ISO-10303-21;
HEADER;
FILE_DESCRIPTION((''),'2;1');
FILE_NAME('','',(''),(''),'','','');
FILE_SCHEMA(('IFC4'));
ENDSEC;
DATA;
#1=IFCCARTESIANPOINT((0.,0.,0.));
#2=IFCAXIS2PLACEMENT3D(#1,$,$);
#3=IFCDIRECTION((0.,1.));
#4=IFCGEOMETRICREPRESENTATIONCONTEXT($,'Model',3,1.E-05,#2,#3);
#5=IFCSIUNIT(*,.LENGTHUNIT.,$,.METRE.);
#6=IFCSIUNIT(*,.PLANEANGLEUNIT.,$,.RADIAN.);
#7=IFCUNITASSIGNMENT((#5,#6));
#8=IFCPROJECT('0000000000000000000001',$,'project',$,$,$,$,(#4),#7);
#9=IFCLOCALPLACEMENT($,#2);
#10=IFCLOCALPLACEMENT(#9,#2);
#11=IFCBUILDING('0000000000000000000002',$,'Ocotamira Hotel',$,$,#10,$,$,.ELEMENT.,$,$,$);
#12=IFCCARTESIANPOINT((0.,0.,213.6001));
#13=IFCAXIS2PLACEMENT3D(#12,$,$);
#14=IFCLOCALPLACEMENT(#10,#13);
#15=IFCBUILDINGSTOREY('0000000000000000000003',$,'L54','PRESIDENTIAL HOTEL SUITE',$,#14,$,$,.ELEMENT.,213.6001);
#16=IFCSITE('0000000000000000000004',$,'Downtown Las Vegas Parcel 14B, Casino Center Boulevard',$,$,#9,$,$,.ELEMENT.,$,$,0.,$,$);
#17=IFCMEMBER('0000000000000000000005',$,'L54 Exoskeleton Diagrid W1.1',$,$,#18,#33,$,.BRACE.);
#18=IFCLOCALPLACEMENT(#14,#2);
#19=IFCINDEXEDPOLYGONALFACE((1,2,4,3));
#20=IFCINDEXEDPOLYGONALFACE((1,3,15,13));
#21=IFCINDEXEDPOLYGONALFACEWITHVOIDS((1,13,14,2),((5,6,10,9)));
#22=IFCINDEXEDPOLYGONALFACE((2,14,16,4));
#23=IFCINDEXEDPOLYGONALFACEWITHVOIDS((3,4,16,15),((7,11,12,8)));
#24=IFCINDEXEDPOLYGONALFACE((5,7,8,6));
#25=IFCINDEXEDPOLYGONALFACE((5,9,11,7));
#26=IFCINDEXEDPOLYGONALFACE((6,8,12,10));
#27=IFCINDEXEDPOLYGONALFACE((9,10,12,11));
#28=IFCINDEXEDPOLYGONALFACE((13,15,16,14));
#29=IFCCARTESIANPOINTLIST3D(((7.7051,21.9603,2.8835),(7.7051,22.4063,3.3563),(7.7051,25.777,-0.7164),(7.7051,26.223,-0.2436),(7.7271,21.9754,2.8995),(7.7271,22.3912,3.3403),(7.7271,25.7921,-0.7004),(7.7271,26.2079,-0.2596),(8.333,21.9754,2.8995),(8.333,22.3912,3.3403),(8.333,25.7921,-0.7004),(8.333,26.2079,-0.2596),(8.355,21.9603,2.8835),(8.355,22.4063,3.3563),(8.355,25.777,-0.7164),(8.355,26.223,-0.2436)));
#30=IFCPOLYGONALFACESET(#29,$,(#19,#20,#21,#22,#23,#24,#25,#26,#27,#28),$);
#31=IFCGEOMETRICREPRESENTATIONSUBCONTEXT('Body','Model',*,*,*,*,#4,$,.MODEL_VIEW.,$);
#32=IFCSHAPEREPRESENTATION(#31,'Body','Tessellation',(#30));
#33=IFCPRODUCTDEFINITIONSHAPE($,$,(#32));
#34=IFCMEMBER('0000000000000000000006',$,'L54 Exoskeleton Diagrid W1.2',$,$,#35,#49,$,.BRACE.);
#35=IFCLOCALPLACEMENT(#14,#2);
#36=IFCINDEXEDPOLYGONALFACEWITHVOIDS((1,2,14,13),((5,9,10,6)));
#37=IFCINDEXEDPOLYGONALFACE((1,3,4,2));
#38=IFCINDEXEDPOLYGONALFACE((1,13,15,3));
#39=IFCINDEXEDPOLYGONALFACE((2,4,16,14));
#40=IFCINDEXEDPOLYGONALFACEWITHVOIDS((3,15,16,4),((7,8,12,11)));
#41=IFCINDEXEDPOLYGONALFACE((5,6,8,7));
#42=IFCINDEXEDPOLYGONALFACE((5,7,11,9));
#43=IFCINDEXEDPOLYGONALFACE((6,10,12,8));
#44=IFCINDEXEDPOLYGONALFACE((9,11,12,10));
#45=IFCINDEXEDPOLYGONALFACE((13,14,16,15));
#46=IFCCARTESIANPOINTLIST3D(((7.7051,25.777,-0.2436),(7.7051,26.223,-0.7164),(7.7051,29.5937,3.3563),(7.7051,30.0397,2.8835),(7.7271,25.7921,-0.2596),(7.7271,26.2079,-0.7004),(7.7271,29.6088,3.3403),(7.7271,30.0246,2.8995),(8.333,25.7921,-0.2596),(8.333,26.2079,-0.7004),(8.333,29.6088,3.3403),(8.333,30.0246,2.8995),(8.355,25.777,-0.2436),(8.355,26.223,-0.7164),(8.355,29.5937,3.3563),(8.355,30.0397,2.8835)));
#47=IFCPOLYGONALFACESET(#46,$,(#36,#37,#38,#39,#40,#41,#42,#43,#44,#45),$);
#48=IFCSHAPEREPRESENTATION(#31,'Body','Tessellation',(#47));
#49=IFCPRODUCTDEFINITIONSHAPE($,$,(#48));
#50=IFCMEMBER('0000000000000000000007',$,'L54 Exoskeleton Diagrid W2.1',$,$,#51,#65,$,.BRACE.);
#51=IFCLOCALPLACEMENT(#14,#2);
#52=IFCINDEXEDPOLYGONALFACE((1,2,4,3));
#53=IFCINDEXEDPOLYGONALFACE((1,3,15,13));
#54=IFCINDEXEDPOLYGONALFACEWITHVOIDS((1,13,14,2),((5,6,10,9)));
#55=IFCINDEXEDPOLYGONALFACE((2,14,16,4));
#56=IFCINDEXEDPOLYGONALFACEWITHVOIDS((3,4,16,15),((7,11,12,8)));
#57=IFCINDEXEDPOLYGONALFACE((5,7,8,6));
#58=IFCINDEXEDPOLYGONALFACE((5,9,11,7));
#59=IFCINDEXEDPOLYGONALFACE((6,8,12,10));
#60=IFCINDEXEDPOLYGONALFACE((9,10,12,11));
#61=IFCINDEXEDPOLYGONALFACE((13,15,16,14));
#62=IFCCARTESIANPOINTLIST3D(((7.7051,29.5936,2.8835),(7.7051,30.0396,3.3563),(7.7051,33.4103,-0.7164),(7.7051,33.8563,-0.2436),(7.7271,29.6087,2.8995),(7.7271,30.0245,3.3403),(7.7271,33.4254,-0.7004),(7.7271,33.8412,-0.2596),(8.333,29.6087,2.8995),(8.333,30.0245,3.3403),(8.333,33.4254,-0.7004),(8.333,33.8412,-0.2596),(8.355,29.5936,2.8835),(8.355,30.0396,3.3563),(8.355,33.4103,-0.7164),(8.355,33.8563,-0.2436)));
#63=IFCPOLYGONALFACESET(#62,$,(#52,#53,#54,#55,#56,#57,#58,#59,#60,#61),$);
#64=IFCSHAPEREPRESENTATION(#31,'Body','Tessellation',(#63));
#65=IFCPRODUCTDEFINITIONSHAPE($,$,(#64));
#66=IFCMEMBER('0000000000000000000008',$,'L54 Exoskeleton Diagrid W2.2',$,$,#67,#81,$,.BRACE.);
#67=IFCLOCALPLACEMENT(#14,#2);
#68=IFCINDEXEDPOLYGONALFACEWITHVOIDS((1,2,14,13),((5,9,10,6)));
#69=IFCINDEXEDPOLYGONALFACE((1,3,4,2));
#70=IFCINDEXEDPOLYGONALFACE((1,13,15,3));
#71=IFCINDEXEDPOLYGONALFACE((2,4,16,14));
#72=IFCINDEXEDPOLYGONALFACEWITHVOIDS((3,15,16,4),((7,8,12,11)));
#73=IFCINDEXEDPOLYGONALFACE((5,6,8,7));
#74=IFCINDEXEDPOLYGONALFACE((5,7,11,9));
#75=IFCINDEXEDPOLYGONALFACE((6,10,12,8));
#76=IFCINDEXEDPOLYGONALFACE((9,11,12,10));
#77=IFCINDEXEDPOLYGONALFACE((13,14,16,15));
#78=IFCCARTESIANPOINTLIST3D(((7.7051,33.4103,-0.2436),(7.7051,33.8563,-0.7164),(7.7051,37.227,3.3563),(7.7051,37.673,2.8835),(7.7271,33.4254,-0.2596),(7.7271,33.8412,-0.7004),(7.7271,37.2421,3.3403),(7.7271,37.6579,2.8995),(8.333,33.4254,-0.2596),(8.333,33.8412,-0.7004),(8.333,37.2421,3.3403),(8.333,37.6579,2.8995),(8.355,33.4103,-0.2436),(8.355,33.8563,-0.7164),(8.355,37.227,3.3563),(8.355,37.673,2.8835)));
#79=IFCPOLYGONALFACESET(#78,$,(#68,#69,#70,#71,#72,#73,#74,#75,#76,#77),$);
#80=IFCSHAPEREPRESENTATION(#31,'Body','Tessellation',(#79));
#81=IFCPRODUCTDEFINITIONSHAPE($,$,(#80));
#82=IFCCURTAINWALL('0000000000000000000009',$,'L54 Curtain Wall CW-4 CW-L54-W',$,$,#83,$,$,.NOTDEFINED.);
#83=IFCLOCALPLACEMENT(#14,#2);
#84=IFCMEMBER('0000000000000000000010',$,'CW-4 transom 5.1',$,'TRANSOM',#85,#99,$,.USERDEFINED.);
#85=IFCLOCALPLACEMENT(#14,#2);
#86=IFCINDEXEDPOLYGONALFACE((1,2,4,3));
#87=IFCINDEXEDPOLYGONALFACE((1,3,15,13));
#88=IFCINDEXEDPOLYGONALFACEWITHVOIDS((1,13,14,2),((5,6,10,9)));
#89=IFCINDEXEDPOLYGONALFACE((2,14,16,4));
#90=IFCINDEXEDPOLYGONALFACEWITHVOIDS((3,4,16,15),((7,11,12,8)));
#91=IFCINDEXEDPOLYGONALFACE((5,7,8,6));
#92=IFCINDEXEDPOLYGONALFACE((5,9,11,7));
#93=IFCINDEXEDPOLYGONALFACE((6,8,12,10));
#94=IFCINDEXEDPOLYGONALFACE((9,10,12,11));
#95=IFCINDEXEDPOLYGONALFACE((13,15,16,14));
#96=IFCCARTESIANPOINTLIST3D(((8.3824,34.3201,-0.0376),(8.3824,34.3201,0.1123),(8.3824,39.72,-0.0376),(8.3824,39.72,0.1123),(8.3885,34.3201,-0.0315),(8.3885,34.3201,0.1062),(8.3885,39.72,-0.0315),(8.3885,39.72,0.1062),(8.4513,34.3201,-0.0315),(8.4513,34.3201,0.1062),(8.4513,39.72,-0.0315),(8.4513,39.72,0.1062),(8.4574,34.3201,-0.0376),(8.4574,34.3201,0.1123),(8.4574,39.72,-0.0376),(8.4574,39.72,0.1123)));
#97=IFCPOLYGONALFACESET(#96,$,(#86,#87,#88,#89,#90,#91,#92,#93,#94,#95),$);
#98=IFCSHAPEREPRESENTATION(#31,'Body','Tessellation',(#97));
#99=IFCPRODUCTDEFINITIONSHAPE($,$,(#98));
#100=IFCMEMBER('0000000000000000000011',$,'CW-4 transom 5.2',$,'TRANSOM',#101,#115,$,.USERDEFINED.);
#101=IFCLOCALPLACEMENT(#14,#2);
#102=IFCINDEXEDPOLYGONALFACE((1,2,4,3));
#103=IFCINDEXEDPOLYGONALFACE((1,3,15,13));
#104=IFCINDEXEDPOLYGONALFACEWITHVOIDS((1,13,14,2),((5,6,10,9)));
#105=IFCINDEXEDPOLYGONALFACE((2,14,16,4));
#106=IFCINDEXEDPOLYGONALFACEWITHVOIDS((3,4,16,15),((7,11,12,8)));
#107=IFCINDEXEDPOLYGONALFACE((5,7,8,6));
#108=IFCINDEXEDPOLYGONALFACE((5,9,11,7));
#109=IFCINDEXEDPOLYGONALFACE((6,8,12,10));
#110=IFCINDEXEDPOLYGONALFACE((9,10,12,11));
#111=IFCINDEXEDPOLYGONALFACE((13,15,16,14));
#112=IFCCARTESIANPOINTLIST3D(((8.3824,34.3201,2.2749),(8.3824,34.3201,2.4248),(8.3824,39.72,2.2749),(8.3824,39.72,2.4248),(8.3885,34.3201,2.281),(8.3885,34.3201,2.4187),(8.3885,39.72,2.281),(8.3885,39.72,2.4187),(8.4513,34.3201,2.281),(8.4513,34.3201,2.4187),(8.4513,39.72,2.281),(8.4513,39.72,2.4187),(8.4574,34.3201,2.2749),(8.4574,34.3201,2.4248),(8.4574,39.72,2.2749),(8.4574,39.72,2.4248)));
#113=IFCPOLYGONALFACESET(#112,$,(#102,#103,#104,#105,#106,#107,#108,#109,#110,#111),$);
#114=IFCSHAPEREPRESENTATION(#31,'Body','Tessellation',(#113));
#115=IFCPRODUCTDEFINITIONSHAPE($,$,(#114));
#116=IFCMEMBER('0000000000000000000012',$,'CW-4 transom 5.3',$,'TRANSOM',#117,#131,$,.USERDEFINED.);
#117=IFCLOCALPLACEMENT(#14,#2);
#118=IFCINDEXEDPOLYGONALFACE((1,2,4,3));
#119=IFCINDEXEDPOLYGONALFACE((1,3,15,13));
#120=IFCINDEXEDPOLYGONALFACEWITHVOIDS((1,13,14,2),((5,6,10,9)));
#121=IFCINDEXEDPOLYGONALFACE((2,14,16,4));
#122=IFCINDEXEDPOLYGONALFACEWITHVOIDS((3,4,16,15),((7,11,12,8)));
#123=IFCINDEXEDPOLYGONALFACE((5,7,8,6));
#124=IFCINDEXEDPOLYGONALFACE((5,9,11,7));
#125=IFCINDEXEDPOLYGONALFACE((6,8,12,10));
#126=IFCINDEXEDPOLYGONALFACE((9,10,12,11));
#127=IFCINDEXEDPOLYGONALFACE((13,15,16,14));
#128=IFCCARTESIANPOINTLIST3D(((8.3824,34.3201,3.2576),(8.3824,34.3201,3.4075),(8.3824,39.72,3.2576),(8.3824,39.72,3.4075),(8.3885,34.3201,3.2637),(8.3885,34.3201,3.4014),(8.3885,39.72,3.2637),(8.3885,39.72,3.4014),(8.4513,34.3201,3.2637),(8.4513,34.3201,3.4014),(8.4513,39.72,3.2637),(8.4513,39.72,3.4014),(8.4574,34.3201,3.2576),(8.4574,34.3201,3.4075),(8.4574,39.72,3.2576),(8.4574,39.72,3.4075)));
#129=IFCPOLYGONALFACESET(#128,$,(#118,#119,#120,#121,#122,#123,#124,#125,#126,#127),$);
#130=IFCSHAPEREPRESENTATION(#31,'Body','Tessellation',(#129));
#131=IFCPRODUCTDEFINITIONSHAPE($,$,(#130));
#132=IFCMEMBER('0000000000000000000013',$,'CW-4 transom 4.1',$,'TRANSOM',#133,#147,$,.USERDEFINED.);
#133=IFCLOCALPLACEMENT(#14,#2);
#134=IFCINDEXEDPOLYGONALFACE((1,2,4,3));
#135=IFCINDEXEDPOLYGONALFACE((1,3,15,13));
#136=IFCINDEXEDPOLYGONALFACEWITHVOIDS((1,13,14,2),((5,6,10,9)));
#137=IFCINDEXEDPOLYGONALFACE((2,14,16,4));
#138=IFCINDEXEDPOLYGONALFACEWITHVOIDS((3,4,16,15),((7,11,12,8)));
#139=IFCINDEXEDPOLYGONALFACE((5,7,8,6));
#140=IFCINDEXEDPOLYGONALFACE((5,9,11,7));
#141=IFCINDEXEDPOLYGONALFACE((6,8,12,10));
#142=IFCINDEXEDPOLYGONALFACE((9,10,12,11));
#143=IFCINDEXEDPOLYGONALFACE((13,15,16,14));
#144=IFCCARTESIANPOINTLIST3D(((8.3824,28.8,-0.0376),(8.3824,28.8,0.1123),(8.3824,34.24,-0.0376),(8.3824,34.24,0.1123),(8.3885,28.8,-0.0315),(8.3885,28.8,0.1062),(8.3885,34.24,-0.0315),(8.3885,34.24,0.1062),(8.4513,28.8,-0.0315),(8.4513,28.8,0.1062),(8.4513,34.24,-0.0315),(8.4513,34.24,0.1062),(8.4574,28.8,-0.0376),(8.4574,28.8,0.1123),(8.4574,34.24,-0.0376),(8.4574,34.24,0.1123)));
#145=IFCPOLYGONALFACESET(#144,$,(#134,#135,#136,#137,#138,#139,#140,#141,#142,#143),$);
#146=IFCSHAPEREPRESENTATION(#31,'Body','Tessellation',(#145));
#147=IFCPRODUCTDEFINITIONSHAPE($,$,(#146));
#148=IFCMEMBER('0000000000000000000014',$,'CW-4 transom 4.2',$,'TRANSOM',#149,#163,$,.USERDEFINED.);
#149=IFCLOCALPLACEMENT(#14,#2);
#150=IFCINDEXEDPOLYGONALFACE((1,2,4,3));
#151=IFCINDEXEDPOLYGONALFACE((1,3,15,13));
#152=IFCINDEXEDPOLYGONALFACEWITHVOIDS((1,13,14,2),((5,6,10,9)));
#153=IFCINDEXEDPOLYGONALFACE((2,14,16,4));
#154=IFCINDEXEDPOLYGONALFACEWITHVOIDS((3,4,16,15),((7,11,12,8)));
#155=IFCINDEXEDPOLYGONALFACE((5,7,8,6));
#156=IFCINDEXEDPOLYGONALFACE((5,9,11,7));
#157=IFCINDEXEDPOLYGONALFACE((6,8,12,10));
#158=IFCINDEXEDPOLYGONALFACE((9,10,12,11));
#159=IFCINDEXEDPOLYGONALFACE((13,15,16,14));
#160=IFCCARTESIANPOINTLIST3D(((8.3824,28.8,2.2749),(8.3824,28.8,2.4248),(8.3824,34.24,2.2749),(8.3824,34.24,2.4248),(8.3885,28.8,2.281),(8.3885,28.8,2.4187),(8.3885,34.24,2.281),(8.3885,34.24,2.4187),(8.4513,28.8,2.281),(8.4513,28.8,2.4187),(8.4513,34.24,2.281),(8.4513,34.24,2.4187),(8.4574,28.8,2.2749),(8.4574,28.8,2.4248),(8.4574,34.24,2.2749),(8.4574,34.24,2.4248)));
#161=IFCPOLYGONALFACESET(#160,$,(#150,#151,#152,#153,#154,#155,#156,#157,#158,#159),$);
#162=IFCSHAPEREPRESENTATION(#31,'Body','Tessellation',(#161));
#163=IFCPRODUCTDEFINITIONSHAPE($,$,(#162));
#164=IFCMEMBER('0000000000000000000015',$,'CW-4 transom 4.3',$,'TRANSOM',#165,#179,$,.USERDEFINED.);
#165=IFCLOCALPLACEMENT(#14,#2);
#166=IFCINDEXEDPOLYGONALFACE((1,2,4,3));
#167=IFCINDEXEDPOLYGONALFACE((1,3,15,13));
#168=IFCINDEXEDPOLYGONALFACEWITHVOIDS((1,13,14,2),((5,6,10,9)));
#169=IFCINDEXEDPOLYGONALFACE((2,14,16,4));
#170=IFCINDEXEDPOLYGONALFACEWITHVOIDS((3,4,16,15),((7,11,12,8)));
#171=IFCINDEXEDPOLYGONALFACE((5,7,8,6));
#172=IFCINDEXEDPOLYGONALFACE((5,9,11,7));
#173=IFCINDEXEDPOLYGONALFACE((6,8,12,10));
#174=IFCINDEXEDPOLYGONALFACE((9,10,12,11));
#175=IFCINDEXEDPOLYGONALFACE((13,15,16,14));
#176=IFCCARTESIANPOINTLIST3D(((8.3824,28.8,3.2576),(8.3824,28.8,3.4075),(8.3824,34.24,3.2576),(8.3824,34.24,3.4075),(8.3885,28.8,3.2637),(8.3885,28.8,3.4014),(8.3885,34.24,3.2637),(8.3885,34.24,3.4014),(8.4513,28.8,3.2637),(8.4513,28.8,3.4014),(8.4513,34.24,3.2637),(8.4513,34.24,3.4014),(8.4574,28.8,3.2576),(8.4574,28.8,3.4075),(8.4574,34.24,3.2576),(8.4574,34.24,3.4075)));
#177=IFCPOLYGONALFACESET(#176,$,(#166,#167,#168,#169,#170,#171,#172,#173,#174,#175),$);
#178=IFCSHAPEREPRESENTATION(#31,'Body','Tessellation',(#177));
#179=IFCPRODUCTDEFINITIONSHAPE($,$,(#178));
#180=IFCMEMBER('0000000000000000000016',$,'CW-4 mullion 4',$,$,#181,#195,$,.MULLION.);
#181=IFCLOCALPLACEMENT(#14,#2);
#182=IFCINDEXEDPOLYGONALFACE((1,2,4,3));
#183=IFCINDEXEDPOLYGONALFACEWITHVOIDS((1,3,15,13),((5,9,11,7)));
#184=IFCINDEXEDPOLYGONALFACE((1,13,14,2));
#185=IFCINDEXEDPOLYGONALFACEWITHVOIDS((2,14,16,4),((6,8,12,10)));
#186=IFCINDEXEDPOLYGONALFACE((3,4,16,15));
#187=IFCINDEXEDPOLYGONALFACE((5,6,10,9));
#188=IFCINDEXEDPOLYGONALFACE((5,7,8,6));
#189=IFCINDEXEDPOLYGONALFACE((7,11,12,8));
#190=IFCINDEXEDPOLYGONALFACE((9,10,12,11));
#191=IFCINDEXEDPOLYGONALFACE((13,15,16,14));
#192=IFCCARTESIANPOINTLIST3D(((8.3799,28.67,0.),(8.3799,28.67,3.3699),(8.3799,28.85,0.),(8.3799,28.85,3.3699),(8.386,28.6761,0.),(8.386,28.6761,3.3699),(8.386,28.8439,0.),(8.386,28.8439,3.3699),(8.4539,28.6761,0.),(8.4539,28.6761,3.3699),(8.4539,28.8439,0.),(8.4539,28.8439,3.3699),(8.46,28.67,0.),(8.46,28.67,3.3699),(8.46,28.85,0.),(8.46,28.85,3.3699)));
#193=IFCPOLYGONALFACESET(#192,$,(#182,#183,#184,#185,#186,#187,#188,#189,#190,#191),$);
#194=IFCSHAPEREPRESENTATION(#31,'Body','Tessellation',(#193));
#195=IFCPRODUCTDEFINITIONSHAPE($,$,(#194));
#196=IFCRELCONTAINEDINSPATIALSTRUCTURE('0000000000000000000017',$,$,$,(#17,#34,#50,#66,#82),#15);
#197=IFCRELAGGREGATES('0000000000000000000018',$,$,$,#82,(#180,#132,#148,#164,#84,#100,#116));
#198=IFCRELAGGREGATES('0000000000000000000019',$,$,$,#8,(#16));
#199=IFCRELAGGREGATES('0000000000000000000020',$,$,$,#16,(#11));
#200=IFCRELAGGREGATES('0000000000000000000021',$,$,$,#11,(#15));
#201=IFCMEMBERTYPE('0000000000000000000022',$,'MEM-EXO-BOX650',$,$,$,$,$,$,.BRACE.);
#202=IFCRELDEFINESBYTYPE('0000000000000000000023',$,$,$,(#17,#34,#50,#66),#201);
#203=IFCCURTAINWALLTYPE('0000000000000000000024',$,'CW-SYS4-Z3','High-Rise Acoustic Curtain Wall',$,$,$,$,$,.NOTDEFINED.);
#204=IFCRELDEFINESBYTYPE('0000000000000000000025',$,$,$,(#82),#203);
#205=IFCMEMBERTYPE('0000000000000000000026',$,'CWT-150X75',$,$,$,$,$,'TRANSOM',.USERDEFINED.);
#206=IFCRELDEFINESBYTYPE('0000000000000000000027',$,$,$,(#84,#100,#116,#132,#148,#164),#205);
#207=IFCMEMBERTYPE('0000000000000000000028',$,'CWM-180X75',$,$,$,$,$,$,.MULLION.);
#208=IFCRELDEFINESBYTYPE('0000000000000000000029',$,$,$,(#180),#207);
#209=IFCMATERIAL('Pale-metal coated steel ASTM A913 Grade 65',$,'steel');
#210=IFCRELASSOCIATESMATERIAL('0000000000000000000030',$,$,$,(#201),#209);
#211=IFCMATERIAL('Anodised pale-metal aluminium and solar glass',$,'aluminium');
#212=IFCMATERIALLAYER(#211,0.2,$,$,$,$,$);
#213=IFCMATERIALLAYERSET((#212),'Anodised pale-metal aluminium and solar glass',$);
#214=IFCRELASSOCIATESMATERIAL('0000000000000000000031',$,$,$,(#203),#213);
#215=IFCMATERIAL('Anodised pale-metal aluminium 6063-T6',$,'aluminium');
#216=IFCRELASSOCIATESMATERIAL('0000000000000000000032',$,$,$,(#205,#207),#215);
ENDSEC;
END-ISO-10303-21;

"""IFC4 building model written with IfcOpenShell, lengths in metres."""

from ifc_helpers import new_model, si_unit, direction, frame, origin, origin_2d, place, context, subcontext, project, spatial, hollow_rectangle, extrude, source, transform, mapped, material, layer, layer_set, material_profile, profile_set, type_object, element, aggregate, save


model = new_model("IFC4")

# Units and contexts
model_context = context("Model", 3, precision=1e-05, world=origin(), true_north=direction((0.0, 1.0)))
body_context = subcontext(model_context, "Body", "Model", "MODEL_VIEW")
ifc_project = project(units=[si_unit("LENGTHUNIT", "METRE"), si_unit("PLANEANGLEUNIT", "RADIAN")], contexts=[model_context])

# Site, building, storey
site_placement = place(None, origin())
site = spatial("IfcSite", under=ifc_project, at=site_placement, Name="Downtown Las Vegas Parcel 14B, Casino Center Boulevard", CompositionType="ELEMENT", RefElevation=0.0)
building_placement = place(site_placement, origin())
building = spatial("IfcBuilding", under=site, at=building_placement, Name="Ocotamira Hotel", CompositionType="ELEMENT")
storey_placement = place(building_placement, frame((0.0, 0.0, 213.6001)))
storey = spatial("IfcBuildingStorey", under=building, at=storey_placement, Name="L54", Description="PRESIDENTIAL HOTEL SUITE", CompositionType="ELEMENT", Elevation=213.6001)

# Members
ifc_material_1 = material(Name="Pale-metal coated steel ASTM A913 Grade 65", Category="steel")
ifc_material_profile_1 = material_profile(ifc_material_1, hollow_rectangle(XDim=0.6499, YDim=0.6499, WallThickness=0.022, at=origin_2d()), Name="BOX650X650X22")
ifc_profile_set_1 = profile_set([ifc_material_profile_1], Name="Pale-metal coated steel ASTM A913 Grade 65")
member_type_1 = type_object("IfcMemberType", Name="MEM-EXO-BOX650", PredefinedType="BRACE", material=ifc_profile_set_1)
shared_shape_1 = source(origin(), body_context, "Body", "SweptSolid", [
    extrude(hollow_rectangle(XDim=0.6499, YDim=0.6499, WallThickness=0.022, at=origin_2d()), origin(), (0.0, 0.0, 1.0), 5.2466),
])
for number, where, z_axis, x_axis, name in (
    (1, (8.03, 26.0, -0.48), (0.0, -0.727466, 0.686144), (1.0, 0.0, 0.0), "L54 Exoskeleton Diagrid W1.1"),
    (2, (8.03, 26.0, -0.48), (0.0, 0.727466, 0.686144), (-1.0, 0.0, 0.0), "L54 Exoskeleton Diagrid W1.2"),
    (3, (8.03, 33.6333, -0.48), (0.0, -0.727466, 0.686144), (1.0, 0.0, 0.0), "L54 Exoskeleton Diagrid W2.1"),
    (4, (8.03, 33.6333, -0.48), (0.0, 0.727466, 0.686144), (-1.0, 0.0, 0.0), "L54 Exoskeleton Diagrid W2.2"),
):
    element("IfcMember", number, at=place(storey_placement, frame(where, z_axis=z_axis, x_axis=x_axis)), inside=storey, type_object=member_type_1, Name=name, PredefinedType="BRACE", context=body_context, shape_type="MappedRepresentation", body=[
        mapped(shared_shape_1, transform((0.0, 0.0, 0.0), scale=1.0)),
    ])

# Curtain wall, members
ifc_material_2 = material(Name="Anodised pale-metal aluminium and solar glass", Category="aluminium")
ifc_layer_1 = layer(ifc_material_2, 0.2)
ifc_layer_set_1 = layer_set([ifc_layer_1], Name="Anodised pale-metal aluminium and solar glass")
curtain_wall_type = type_object("IfcCurtainWallType", Name="CW-SYS4-Z3", Description="High-Rise Acoustic Curtain Wall", PredefinedType="NOTDEFINED", material=ifc_layer_set_1)
curtain_wall_placement = place(storey_placement, origin())
curtain_wall = element("IfcCurtainWall", 5, at=curtain_wall_placement, inside=storey, type_object=curtain_wall_type, Name="L54 Curtain Wall CW-4 CW-L54-W", PredefinedType="NOTDEFINED")
ifc_material_3 = material(Name="Anodised pale-metal aluminium 6063-T6", Category="aluminium")
ifc_material_profile_2 = material_profile(ifc_material_3, hollow_rectangle(XDim=0.075, YDim=0.1499, WallThickness=0.0061, at=origin_2d()), Name="HSS150X75X6")
ifc_profile_set_2 = profile_set([ifc_material_profile_2], Name="Anodised pale-metal aluminium 6063-T6")
member_type_2 = type_object("IfcMemberType", Name="CWT-150X75", ElementType="TRANSOM", PredefinedType="USERDEFINED", material=ifc_profile_set_2)
shared_shape_2 = source(origin(), body_context, "Body", "SweptSolid", [
    extrude(hollow_rectangle(XDim=0.075, YDim=0.1499, WallThickness=0.0061, at=origin_2d()), origin(), (0.0, 0.0, 1.0), 5.3999),
])
member_1_placement = place(storey_placement, frame((8.4199, 34.3201, 0.0374), z_axis=(0.0, 1.0, 0.0), x_axis=(-1.0, 0.0, 0.0)))
member_1 = element("IfcMember", 6, at=member_1_placement, type_object=member_type_2, Name="CW-4 transom 5.1", ObjectType="TRANSOM", PredefinedType="USERDEFINED", context=body_context, shape_type="MappedRepresentation", body=[
    mapped(shared_shape_2, transform((0.0, 0.0, 0.0), scale=1.0)),
])
member_2_placement = place(storey_placement, frame((8.4199, 34.3201, 2.3499), z_axis=(0.0, 1.0, 0.0), x_axis=(-1.0, 0.0, 0.0)))
member_2 = element("IfcMember", 7, at=member_2_placement, type_object=member_type_2, Name="CW-4 transom 5.2", ObjectType="TRANSOM", PredefinedType="USERDEFINED", context=body_context, shape_type="MappedRepresentation", body=[
    mapped(shared_shape_2, transform((0.0, 0.0, 0.0), scale=1.0)),
])
member_3_placement = place(storey_placement, frame((8.4199, 34.3201, 3.3325), z_axis=(0.0, 1.0, 0.0), x_axis=(-1.0, 0.0, 0.0)))
member_3 = element("IfcMember", 8, at=member_3_placement, type_object=member_type_2, Name="CW-4 transom 5.3", ObjectType="TRANSOM", PredefinedType="USERDEFINED", context=body_context, shape_type="MappedRepresentation", body=[
    mapped(shared_shape_2, transform((0.0, 0.0, 0.0), scale=1.0)),
])
shared_shape_3 = source(origin(), body_context, "Body", "SweptSolid", [
    extrude(hollow_rectangle(XDim=0.075, YDim=0.1499, WallThickness=0.0061, at=origin_2d()), origin(), (0.0, 0.0, 1.0), 5.4399),
])
member_4_placement = place(storey_placement, frame((8.4199, 28.8, 0.0374), z_axis=(0.0, 1.0, 0.0), x_axis=(-1.0, 0.0, 0.0)))
member_4 = element("IfcMember", 9, at=member_4_placement, type_object=member_type_2, Name="CW-4 transom 4.1", ObjectType="TRANSOM", PredefinedType="USERDEFINED", context=body_context, shape_type="MappedRepresentation", body=[
    mapped(shared_shape_3, transform((0.0, 0.0, 0.0), scale=1.0)),
])
member_5_placement = place(storey_placement, frame((8.4199, 28.8, 2.3499), z_axis=(0.0, 1.0, 0.0), x_axis=(-1.0, 0.0, 0.0)))
member_5 = element("IfcMember", 10, at=member_5_placement, type_object=member_type_2, Name="CW-4 transom 4.2", ObjectType="TRANSOM", PredefinedType="USERDEFINED", context=body_context, shape_type="MappedRepresentation", body=[
    mapped(shared_shape_3, transform((0.0, 0.0, 0.0), scale=1.0)),
])
member_6_placement = place(storey_placement, frame((8.4199, 28.8, 3.3325), z_axis=(0.0, 1.0, 0.0), x_axis=(-1.0, 0.0, 0.0)))
member_6 = element("IfcMember", 11, at=member_6_placement, type_object=member_type_2, Name="CW-4 transom 4.3", ObjectType="TRANSOM", PredefinedType="USERDEFINED", context=body_context, shape_type="MappedRepresentation", body=[
    mapped(shared_shape_3, transform((0.0, 0.0, 0.0), scale=1.0)),
])
ifc_material_profile_3 = material_profile(ifc_material_3, hollow_rectangle(XDim=0.0801, YDim=0.1799, WallThickness=0.0061, at=origin_2d()), Name="HSS180X80X6")
ifc_profile_set_3 = profile_set([ifc_material_profile_3], Name="Anodised pale-metal aluminium 6063-T6")
member_type_3 = type_object("IfcMemberType", Name="CWM-180X75", PredefinedType="MULLION", material=ifc_profile_set_3)
shared_shape_4 = source(origin(), body_context, "Body", "SweptSolid", [
    extrude(hollow_rectangle(XDim=0.0801, YDim=0.1799, WallThickness=0.0061, at=origin_2d()), origin(), (0.0, 0.0, 1.0), 3.3699),
])
member_7_placement = place(storey_placement, frame((8.4199, 28.76, 0.0), z_axis=(0.0, 0.0, 1.0), x_axis=(-1.0, 0.0, 0.0)))
member_7 = element("IfcMember", 12, at=member_7_placement, type_object=member_type_3, Name="CW-4 mullion 4", PredefinedType="MULLION", context=body_context, shape_type="MappedRepresentation", body=[
    mapped(shared_shape_4, transform((0.0, 0.0, 0.0), scale=1.0)),
])

aggregate(curtain_wall, [member_7, member_4, member_5, member_6, member_1, member_2, member_3])

save(model, "model.ifc")
